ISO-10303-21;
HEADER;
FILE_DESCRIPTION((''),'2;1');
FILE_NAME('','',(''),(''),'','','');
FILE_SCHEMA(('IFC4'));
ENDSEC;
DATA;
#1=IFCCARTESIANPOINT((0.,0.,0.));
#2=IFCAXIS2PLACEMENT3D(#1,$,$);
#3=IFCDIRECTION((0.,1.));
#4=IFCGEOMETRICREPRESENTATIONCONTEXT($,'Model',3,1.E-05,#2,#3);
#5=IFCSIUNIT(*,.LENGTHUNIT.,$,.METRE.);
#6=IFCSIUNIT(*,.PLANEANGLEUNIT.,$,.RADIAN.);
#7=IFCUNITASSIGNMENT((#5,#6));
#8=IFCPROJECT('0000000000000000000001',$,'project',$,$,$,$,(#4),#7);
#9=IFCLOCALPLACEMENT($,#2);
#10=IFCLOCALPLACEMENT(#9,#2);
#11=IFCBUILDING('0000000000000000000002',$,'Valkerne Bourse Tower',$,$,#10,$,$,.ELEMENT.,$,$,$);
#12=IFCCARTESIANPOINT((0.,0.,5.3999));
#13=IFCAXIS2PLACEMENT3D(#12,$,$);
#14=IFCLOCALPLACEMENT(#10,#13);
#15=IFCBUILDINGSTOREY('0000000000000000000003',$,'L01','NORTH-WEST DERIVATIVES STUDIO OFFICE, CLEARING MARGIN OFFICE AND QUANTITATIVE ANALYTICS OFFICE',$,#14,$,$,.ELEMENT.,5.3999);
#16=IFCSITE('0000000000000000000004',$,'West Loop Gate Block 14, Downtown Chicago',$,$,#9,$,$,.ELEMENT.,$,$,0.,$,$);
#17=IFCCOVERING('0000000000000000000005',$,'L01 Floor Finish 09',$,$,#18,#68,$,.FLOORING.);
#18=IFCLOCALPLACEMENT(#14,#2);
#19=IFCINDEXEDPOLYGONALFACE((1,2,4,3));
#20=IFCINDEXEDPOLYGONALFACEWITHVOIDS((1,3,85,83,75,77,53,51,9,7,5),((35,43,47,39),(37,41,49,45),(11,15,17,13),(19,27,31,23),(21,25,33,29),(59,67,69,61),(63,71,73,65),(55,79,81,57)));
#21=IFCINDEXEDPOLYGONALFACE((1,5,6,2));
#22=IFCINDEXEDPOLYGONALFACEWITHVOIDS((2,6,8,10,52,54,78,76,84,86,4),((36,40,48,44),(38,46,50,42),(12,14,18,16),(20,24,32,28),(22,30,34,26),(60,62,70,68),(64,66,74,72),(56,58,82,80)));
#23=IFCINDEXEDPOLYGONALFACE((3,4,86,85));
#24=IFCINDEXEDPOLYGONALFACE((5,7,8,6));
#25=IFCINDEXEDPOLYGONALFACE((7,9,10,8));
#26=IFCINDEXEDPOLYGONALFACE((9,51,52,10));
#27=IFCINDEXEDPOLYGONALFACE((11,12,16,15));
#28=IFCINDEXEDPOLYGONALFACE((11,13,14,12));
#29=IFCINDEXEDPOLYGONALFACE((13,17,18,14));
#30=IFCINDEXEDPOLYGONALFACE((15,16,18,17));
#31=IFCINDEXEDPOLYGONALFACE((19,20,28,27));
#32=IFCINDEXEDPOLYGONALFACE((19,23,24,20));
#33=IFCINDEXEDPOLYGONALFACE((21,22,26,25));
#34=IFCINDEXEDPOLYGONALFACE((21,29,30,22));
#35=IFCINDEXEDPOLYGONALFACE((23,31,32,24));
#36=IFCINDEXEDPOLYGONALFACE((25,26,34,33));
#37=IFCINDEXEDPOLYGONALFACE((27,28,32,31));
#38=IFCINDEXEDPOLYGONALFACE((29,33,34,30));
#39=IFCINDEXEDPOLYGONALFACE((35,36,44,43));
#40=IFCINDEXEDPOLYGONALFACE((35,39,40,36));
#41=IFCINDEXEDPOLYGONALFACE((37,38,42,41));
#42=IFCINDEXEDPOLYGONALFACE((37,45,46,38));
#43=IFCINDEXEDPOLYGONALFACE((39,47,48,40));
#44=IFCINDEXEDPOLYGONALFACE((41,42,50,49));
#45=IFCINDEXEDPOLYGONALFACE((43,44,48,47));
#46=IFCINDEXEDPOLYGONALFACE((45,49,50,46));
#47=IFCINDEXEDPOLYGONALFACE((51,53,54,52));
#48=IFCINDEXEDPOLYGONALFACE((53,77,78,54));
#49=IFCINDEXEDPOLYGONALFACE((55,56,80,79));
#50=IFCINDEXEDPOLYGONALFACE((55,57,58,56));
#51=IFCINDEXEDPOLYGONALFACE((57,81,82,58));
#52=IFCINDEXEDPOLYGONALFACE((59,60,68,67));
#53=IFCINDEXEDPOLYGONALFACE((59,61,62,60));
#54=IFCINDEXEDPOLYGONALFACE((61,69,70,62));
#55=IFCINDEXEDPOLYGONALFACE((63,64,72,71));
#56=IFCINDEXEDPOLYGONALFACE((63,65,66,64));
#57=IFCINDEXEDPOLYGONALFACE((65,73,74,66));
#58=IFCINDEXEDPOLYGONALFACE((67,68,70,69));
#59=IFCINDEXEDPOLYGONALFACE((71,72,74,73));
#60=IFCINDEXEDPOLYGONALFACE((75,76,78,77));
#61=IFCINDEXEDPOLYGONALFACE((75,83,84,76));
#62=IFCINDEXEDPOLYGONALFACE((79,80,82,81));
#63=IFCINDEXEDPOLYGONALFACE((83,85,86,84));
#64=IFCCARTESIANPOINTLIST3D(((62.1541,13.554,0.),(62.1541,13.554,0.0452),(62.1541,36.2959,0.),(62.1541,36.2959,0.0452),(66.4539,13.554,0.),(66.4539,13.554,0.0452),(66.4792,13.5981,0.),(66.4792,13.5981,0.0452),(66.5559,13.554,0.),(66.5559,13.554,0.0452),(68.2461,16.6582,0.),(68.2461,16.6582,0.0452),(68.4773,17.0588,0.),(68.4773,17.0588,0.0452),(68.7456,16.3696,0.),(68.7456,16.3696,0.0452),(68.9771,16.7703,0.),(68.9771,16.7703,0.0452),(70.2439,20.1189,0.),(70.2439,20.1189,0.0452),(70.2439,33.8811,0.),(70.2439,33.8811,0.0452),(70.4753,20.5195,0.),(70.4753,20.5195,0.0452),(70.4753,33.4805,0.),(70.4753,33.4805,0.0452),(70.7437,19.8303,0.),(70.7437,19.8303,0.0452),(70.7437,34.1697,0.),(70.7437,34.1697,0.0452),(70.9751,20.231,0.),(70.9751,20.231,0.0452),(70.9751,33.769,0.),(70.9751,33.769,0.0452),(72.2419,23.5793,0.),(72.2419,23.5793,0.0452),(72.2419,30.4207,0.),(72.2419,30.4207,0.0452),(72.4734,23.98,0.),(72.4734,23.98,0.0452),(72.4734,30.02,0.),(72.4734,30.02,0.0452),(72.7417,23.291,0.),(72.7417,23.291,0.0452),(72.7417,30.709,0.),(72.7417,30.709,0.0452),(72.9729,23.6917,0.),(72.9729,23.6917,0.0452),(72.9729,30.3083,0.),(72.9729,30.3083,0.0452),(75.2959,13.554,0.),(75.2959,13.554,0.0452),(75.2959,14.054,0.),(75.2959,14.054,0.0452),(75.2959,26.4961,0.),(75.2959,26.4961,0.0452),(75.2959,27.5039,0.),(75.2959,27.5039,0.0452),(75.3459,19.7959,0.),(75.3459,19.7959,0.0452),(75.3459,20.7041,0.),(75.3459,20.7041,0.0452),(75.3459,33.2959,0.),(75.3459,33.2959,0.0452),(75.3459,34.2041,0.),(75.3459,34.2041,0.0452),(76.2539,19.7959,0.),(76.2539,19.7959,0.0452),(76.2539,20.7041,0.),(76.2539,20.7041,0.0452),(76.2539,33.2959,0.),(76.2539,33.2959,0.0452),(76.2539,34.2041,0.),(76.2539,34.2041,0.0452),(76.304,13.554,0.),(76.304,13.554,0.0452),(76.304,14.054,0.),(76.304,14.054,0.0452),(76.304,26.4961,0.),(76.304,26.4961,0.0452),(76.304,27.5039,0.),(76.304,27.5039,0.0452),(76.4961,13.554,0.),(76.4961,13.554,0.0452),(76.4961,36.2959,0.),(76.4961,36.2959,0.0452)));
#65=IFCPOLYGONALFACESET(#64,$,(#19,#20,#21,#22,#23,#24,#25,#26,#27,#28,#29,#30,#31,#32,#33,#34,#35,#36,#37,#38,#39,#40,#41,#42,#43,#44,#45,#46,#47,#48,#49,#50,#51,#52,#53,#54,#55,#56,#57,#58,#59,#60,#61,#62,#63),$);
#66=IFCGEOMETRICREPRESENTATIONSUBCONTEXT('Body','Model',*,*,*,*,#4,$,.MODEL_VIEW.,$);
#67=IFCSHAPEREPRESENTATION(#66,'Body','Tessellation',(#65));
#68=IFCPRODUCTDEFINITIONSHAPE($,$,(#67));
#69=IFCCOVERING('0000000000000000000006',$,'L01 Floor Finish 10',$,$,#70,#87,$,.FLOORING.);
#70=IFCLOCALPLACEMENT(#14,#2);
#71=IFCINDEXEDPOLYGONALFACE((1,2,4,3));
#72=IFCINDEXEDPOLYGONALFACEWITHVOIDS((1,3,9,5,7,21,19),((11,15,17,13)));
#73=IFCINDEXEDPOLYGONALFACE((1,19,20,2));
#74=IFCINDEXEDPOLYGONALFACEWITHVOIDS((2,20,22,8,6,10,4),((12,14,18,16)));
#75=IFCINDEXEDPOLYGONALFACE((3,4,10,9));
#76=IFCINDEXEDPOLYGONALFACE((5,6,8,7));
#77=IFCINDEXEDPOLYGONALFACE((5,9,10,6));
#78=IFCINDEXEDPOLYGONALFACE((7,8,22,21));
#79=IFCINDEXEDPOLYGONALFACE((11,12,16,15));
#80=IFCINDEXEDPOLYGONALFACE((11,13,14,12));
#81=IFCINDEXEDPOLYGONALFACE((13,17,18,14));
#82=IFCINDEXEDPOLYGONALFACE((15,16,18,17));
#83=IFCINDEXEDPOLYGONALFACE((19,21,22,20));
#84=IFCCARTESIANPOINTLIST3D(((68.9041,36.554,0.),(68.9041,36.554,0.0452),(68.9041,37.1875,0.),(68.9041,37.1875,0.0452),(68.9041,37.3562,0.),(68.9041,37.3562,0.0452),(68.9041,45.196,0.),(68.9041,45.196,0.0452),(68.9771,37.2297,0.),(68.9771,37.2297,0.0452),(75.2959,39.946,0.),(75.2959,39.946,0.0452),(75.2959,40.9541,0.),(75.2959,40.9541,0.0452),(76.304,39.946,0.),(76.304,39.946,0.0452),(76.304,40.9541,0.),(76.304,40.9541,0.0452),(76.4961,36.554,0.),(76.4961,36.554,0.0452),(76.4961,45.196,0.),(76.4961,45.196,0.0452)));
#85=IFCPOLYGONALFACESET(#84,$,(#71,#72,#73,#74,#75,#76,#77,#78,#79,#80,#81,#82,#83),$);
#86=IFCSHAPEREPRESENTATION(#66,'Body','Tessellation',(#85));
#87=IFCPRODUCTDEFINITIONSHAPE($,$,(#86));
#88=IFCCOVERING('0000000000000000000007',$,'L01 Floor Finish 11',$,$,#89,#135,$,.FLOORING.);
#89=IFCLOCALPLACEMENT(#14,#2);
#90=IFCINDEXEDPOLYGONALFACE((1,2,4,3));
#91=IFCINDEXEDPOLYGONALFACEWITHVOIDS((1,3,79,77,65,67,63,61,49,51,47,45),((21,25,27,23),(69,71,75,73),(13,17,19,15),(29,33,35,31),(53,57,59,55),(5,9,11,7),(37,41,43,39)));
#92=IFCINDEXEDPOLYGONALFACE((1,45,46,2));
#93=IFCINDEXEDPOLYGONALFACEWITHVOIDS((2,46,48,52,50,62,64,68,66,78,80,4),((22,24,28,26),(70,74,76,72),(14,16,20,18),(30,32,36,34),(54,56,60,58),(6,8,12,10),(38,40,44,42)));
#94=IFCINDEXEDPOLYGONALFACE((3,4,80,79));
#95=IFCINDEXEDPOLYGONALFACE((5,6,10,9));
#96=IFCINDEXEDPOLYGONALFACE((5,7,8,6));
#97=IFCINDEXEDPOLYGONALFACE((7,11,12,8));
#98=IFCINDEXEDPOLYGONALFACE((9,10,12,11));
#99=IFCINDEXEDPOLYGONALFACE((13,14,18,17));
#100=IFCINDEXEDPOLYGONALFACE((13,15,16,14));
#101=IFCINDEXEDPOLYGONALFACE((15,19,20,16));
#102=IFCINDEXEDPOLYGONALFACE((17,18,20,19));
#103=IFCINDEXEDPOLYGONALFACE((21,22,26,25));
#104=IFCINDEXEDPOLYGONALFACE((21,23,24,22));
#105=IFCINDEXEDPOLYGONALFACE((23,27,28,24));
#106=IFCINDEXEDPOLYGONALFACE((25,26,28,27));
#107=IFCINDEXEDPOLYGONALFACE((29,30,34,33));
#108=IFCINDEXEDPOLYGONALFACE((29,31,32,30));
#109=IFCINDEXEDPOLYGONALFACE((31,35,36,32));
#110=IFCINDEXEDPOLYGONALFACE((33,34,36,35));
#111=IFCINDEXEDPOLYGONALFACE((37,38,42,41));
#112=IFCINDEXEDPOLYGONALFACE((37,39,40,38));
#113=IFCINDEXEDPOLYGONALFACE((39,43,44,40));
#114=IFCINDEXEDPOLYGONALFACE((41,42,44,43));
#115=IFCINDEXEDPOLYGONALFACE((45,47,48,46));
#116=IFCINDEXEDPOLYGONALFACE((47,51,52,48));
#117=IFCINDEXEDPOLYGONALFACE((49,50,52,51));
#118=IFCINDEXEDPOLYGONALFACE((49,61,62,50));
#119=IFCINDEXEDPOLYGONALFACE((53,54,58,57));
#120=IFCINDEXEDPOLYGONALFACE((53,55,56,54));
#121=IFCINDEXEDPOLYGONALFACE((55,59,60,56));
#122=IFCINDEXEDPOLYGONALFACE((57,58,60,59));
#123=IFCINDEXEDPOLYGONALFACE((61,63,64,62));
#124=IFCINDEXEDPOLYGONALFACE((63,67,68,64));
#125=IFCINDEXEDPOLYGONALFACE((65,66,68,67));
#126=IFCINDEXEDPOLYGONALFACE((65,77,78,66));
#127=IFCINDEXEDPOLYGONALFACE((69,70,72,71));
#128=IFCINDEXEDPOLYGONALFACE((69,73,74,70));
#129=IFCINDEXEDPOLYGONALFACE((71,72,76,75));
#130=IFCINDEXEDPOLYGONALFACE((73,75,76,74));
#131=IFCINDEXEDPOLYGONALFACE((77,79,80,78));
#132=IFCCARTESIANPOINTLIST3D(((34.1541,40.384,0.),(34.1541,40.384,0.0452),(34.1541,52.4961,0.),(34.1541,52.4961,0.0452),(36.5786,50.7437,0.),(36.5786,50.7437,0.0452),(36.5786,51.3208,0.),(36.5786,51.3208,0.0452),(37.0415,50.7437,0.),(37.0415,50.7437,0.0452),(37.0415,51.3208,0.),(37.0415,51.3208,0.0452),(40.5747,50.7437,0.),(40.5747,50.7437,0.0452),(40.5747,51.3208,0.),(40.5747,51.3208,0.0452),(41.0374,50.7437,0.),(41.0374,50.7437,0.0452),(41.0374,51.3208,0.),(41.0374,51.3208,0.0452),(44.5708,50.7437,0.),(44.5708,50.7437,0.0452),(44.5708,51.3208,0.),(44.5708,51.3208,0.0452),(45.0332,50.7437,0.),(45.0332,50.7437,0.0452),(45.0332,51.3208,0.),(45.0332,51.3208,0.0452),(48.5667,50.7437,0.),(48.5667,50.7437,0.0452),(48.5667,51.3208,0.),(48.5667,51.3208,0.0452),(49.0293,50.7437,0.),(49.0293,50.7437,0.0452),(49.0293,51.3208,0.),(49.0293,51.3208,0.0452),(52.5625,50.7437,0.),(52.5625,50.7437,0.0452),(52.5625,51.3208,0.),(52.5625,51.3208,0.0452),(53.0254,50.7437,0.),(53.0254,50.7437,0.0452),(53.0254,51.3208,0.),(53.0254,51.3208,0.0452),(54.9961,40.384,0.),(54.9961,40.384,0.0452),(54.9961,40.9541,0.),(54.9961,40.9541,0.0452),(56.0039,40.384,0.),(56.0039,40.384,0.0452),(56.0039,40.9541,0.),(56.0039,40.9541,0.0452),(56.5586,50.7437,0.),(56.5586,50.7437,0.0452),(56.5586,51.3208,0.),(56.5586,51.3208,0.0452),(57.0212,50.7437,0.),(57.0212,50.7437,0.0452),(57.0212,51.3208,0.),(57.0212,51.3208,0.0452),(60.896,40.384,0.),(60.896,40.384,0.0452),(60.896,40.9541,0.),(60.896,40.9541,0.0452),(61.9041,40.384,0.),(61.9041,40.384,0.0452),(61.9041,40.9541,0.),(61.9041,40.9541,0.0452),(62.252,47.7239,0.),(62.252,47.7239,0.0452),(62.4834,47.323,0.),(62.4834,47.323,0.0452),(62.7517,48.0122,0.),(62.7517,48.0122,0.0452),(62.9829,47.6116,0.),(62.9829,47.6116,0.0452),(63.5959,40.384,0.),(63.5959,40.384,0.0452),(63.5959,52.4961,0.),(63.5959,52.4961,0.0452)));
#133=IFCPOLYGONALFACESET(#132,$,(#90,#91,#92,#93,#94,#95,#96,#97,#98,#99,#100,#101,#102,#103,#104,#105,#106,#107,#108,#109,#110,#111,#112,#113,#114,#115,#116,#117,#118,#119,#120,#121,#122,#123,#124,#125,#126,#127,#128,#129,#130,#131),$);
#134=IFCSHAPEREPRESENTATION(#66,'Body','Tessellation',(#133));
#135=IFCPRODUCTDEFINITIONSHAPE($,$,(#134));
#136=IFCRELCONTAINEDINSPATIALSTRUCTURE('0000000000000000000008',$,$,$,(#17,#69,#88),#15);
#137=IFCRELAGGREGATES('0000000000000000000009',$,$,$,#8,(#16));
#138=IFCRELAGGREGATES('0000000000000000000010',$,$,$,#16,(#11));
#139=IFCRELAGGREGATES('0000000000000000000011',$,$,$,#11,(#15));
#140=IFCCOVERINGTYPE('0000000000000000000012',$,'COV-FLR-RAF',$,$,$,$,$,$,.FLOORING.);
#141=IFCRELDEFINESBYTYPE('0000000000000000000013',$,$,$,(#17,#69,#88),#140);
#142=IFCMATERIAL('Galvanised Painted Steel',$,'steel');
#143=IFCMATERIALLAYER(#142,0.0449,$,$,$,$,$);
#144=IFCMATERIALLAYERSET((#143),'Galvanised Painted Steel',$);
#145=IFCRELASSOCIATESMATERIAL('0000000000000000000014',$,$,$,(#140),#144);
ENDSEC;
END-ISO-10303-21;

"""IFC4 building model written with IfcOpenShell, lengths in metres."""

from ifc_helpers import new_model, si_unit, direction, frame, origin, place, context, subcontext, project, spatial, polyline, outline, extrude, material, layer, layer_set, type_object, element, save


model = new_model("IFC4")

# Units and contexts
model_context = context("Model", 3, precision=1e-05, world=origin(), true_north=direction((0.0, 1.0)))
body_context = subcontext(model_context, "Body", "Model", "MODEL_VIEW")
ifc_project = project(units=[si_unit("LENGTHUNIT", "METRE"), si_unit("PLANEANGLEUNIT", "RADIAN")], contexts=[model_context])

# Site, building, storey
site_placement = place(None, origin())
site = spatial("IfcSite", under=ifc_project, at=site_placement, Name="West Loop Gate Block 14, Downtown Chicago", CompositionType="ELEMENT", RefElevation=0.0)
building_placement = place(site_placement, origin())
building = spatial("IfcBuilding", under=site, at=building_placement, Name="Valkerne Bourse Tower", CompositionType="ELEMENT")
storey_placement = place(building_placement, frame((0.0, 0.0, 5.3999)))
storey = spatial("IfcBuildingStorey", under=building, at=storey_placement, Name="L01", Description="NORTH-WEST DERIVATIVES STUDIO OFFICE, CLEARING MARGIN OFFICE AND QUANTITATIVE ANALYTICS OFFICE", CompositionType="ELEMENT", Elevation=5.3999)

# Coverings
ifc_material_1 = material(Name="Galvanised Painted Steel", Category="steel")
ifc_layer_1 = layer(ifc_material_1, 0.0449)
ifc_layer_set_1 = layer_set([ifc_layer_1], Name="Galvanised Painted Steel")
covering_type_1 = type_object("IfcCoveringType", Name="COV-FLR-RAF", PredefinedType="FLOORING", material=ifc_layer_set_1)
covering_1_placement = place(storey_placement, origin())
element("IfcCovering", 1, at=covering_1_placement, inside=storey, type_object=covering_type_1, Name="L01 Floor Finish 09", PredefinedType="FLOORING", context=body_context, shape_type="SweptSolid", body=[
    extrude(outline(polyline([(62.1541, 36.2959), (76.4961, 36.2959), (76.4961, 13.554), (76.304, 13.554), (76.304, 14.054), (75.2959, 14.054), (75.2959, 13.554), (66.5559, 13.554), (66.4792, 13.5981), (66.4539, 13.554), (62.1541, 13.554), (62.1541, 36.2959)]), holes=[polyline([(68.2461, 16.6582), (68.7456, 16.3696), (68.9771, 16.7703), (68.4773, 17.0588), (68.2461, 16.6582)]), polyline([(70.4753, 20.5195), (70.2439, 20.1189), (70.7437, 19.8303), (70.9751, 20.231), (70.4753, 20.5195)]), polyline([(76.2539, 20.7041), (75.3459, 20.7041), (75.3459, 19.7959), (76.2539, 19.7959), (76.2539, 20.7041)]), polyline([(72.4734, 23.98), (72.2419, 23.5793), (72.7417, 23.291), (72.9729, 23.6917), (72.4734, 23.98)]), polyline([(76.304, 27.5039), (75.2959, 27.5039), (75.2959, 26.4961), (76.304, 26.4961), (76.304, 27.5039)]), polyline([(72.7417, 30.709), (72.2419, 30.4207), (72.4734, 30.02), (72.9729, 30.3083), (72.7417, 30.709)]), polyline([(76.2539, 34.2041), (75.3459, 34.2041), (75.3459, 33.2959), (76.2539, 33.2959), (76.2539, 34.2041)]), polyline([(70.2439, 33.8811), (70.4753, 33.4805), (70.9751, 33.769), (70.7437, 34.1697), (70.2439, 33.8811)])]), origin(), (0.0, 0.0, 1.0), 0.0452),
])
covering_2_placement = place(storey_placement, origin())
element("IfcCovering", 2, at=covering_2_placement, inside=storey, type_object=covering_type_1, Name="L01 Floor Finish 10", PredefinedType="FLOORING", context=body_context, shape_type="SweptSolid", body=[
    extrude(outline(polyline([(68.9041, 37.1875), (68.9771, 37.2297), (68.9041, 37.3562), (68.9041, 45.196), (76.4961, 45.196), (76.4961, 36.554), (68.9041, 36.554), (68.9041, 37.1875)]), holes=[polyline([(76.304, 40.9541), (75.2959, 40.9541), (75.2959, 39.946), (76.304, 39.946), (76.304, 40.9541)])]), origin(), (0.0, 0.0, 1.0), 0.0452),
])
covering_3_placement = place(storey_placement, origin())
element("IfcCovering", 3, at=covering_3_placement, inside=storey, type_object=covering_type_1, Name="L01 Floor Finish 11", PredefinedType="FLOORING", context=body_context, shape_type="SweptSolid", body=[
    extrude(outline(polyline([(34.1541, 52.4961), (63.5959, 52.4961), (63.5959, 40.384), (61.9041, 40.384), (61.9041, 40.9541), (60.896, 40.9541), (60.896, 40.384), (56.0039, 40.384), (56.0039, 40.9541), (54.9961, 40.9541), (54.9961, 40.384), (34.1541, 40.384), (34.1541, 52.4961)]), holes=[polyline([(57.0212, 51.3208), (56.5586, 51.3208), (56.5586, 50.7437), (57.0212, 50.7437), (57.0212, 51.3208)]), polyline([(53.0254, 51.3208), (52.5625, 51.3208), (52.5625, 50.7437), (53.0254, 50.7437), (53.0254, 51.3208)]), polyline([(48.5667, 51.3208), (48.5667, 50.7437), (49.0293, 50.7437), (49.0293, 51.3208), (48.5667, 51.3208)]), polyline([(45.0332, 51.3208), (44.5708, 51.3208), (44.5708, 50.7437), (45.0332, 50.7437), (45.0332, 51.3208)]), polyline([(41.0374, 51.3208), (40.5747, 51.3208), (40.5747, 50.7437), (41.0374, 50.7437), (41.0374, 51.3208)]), polyline([(36.5786, 51.3208), (36.5786, 50.7437), (37.0415, 50.7437), (37.0415, 51.3208), (36.5786, 51.3208)]), polyline([(62.7517, 48.0122), (62.252, 47.7239), (62.4834, 47.323), (62.9829, 47.6116), (62.7517, 48.0122)])]), origin(), (0.0, 0.0, 1.0), 0.0452),
])

save(model, "model.ifc")
